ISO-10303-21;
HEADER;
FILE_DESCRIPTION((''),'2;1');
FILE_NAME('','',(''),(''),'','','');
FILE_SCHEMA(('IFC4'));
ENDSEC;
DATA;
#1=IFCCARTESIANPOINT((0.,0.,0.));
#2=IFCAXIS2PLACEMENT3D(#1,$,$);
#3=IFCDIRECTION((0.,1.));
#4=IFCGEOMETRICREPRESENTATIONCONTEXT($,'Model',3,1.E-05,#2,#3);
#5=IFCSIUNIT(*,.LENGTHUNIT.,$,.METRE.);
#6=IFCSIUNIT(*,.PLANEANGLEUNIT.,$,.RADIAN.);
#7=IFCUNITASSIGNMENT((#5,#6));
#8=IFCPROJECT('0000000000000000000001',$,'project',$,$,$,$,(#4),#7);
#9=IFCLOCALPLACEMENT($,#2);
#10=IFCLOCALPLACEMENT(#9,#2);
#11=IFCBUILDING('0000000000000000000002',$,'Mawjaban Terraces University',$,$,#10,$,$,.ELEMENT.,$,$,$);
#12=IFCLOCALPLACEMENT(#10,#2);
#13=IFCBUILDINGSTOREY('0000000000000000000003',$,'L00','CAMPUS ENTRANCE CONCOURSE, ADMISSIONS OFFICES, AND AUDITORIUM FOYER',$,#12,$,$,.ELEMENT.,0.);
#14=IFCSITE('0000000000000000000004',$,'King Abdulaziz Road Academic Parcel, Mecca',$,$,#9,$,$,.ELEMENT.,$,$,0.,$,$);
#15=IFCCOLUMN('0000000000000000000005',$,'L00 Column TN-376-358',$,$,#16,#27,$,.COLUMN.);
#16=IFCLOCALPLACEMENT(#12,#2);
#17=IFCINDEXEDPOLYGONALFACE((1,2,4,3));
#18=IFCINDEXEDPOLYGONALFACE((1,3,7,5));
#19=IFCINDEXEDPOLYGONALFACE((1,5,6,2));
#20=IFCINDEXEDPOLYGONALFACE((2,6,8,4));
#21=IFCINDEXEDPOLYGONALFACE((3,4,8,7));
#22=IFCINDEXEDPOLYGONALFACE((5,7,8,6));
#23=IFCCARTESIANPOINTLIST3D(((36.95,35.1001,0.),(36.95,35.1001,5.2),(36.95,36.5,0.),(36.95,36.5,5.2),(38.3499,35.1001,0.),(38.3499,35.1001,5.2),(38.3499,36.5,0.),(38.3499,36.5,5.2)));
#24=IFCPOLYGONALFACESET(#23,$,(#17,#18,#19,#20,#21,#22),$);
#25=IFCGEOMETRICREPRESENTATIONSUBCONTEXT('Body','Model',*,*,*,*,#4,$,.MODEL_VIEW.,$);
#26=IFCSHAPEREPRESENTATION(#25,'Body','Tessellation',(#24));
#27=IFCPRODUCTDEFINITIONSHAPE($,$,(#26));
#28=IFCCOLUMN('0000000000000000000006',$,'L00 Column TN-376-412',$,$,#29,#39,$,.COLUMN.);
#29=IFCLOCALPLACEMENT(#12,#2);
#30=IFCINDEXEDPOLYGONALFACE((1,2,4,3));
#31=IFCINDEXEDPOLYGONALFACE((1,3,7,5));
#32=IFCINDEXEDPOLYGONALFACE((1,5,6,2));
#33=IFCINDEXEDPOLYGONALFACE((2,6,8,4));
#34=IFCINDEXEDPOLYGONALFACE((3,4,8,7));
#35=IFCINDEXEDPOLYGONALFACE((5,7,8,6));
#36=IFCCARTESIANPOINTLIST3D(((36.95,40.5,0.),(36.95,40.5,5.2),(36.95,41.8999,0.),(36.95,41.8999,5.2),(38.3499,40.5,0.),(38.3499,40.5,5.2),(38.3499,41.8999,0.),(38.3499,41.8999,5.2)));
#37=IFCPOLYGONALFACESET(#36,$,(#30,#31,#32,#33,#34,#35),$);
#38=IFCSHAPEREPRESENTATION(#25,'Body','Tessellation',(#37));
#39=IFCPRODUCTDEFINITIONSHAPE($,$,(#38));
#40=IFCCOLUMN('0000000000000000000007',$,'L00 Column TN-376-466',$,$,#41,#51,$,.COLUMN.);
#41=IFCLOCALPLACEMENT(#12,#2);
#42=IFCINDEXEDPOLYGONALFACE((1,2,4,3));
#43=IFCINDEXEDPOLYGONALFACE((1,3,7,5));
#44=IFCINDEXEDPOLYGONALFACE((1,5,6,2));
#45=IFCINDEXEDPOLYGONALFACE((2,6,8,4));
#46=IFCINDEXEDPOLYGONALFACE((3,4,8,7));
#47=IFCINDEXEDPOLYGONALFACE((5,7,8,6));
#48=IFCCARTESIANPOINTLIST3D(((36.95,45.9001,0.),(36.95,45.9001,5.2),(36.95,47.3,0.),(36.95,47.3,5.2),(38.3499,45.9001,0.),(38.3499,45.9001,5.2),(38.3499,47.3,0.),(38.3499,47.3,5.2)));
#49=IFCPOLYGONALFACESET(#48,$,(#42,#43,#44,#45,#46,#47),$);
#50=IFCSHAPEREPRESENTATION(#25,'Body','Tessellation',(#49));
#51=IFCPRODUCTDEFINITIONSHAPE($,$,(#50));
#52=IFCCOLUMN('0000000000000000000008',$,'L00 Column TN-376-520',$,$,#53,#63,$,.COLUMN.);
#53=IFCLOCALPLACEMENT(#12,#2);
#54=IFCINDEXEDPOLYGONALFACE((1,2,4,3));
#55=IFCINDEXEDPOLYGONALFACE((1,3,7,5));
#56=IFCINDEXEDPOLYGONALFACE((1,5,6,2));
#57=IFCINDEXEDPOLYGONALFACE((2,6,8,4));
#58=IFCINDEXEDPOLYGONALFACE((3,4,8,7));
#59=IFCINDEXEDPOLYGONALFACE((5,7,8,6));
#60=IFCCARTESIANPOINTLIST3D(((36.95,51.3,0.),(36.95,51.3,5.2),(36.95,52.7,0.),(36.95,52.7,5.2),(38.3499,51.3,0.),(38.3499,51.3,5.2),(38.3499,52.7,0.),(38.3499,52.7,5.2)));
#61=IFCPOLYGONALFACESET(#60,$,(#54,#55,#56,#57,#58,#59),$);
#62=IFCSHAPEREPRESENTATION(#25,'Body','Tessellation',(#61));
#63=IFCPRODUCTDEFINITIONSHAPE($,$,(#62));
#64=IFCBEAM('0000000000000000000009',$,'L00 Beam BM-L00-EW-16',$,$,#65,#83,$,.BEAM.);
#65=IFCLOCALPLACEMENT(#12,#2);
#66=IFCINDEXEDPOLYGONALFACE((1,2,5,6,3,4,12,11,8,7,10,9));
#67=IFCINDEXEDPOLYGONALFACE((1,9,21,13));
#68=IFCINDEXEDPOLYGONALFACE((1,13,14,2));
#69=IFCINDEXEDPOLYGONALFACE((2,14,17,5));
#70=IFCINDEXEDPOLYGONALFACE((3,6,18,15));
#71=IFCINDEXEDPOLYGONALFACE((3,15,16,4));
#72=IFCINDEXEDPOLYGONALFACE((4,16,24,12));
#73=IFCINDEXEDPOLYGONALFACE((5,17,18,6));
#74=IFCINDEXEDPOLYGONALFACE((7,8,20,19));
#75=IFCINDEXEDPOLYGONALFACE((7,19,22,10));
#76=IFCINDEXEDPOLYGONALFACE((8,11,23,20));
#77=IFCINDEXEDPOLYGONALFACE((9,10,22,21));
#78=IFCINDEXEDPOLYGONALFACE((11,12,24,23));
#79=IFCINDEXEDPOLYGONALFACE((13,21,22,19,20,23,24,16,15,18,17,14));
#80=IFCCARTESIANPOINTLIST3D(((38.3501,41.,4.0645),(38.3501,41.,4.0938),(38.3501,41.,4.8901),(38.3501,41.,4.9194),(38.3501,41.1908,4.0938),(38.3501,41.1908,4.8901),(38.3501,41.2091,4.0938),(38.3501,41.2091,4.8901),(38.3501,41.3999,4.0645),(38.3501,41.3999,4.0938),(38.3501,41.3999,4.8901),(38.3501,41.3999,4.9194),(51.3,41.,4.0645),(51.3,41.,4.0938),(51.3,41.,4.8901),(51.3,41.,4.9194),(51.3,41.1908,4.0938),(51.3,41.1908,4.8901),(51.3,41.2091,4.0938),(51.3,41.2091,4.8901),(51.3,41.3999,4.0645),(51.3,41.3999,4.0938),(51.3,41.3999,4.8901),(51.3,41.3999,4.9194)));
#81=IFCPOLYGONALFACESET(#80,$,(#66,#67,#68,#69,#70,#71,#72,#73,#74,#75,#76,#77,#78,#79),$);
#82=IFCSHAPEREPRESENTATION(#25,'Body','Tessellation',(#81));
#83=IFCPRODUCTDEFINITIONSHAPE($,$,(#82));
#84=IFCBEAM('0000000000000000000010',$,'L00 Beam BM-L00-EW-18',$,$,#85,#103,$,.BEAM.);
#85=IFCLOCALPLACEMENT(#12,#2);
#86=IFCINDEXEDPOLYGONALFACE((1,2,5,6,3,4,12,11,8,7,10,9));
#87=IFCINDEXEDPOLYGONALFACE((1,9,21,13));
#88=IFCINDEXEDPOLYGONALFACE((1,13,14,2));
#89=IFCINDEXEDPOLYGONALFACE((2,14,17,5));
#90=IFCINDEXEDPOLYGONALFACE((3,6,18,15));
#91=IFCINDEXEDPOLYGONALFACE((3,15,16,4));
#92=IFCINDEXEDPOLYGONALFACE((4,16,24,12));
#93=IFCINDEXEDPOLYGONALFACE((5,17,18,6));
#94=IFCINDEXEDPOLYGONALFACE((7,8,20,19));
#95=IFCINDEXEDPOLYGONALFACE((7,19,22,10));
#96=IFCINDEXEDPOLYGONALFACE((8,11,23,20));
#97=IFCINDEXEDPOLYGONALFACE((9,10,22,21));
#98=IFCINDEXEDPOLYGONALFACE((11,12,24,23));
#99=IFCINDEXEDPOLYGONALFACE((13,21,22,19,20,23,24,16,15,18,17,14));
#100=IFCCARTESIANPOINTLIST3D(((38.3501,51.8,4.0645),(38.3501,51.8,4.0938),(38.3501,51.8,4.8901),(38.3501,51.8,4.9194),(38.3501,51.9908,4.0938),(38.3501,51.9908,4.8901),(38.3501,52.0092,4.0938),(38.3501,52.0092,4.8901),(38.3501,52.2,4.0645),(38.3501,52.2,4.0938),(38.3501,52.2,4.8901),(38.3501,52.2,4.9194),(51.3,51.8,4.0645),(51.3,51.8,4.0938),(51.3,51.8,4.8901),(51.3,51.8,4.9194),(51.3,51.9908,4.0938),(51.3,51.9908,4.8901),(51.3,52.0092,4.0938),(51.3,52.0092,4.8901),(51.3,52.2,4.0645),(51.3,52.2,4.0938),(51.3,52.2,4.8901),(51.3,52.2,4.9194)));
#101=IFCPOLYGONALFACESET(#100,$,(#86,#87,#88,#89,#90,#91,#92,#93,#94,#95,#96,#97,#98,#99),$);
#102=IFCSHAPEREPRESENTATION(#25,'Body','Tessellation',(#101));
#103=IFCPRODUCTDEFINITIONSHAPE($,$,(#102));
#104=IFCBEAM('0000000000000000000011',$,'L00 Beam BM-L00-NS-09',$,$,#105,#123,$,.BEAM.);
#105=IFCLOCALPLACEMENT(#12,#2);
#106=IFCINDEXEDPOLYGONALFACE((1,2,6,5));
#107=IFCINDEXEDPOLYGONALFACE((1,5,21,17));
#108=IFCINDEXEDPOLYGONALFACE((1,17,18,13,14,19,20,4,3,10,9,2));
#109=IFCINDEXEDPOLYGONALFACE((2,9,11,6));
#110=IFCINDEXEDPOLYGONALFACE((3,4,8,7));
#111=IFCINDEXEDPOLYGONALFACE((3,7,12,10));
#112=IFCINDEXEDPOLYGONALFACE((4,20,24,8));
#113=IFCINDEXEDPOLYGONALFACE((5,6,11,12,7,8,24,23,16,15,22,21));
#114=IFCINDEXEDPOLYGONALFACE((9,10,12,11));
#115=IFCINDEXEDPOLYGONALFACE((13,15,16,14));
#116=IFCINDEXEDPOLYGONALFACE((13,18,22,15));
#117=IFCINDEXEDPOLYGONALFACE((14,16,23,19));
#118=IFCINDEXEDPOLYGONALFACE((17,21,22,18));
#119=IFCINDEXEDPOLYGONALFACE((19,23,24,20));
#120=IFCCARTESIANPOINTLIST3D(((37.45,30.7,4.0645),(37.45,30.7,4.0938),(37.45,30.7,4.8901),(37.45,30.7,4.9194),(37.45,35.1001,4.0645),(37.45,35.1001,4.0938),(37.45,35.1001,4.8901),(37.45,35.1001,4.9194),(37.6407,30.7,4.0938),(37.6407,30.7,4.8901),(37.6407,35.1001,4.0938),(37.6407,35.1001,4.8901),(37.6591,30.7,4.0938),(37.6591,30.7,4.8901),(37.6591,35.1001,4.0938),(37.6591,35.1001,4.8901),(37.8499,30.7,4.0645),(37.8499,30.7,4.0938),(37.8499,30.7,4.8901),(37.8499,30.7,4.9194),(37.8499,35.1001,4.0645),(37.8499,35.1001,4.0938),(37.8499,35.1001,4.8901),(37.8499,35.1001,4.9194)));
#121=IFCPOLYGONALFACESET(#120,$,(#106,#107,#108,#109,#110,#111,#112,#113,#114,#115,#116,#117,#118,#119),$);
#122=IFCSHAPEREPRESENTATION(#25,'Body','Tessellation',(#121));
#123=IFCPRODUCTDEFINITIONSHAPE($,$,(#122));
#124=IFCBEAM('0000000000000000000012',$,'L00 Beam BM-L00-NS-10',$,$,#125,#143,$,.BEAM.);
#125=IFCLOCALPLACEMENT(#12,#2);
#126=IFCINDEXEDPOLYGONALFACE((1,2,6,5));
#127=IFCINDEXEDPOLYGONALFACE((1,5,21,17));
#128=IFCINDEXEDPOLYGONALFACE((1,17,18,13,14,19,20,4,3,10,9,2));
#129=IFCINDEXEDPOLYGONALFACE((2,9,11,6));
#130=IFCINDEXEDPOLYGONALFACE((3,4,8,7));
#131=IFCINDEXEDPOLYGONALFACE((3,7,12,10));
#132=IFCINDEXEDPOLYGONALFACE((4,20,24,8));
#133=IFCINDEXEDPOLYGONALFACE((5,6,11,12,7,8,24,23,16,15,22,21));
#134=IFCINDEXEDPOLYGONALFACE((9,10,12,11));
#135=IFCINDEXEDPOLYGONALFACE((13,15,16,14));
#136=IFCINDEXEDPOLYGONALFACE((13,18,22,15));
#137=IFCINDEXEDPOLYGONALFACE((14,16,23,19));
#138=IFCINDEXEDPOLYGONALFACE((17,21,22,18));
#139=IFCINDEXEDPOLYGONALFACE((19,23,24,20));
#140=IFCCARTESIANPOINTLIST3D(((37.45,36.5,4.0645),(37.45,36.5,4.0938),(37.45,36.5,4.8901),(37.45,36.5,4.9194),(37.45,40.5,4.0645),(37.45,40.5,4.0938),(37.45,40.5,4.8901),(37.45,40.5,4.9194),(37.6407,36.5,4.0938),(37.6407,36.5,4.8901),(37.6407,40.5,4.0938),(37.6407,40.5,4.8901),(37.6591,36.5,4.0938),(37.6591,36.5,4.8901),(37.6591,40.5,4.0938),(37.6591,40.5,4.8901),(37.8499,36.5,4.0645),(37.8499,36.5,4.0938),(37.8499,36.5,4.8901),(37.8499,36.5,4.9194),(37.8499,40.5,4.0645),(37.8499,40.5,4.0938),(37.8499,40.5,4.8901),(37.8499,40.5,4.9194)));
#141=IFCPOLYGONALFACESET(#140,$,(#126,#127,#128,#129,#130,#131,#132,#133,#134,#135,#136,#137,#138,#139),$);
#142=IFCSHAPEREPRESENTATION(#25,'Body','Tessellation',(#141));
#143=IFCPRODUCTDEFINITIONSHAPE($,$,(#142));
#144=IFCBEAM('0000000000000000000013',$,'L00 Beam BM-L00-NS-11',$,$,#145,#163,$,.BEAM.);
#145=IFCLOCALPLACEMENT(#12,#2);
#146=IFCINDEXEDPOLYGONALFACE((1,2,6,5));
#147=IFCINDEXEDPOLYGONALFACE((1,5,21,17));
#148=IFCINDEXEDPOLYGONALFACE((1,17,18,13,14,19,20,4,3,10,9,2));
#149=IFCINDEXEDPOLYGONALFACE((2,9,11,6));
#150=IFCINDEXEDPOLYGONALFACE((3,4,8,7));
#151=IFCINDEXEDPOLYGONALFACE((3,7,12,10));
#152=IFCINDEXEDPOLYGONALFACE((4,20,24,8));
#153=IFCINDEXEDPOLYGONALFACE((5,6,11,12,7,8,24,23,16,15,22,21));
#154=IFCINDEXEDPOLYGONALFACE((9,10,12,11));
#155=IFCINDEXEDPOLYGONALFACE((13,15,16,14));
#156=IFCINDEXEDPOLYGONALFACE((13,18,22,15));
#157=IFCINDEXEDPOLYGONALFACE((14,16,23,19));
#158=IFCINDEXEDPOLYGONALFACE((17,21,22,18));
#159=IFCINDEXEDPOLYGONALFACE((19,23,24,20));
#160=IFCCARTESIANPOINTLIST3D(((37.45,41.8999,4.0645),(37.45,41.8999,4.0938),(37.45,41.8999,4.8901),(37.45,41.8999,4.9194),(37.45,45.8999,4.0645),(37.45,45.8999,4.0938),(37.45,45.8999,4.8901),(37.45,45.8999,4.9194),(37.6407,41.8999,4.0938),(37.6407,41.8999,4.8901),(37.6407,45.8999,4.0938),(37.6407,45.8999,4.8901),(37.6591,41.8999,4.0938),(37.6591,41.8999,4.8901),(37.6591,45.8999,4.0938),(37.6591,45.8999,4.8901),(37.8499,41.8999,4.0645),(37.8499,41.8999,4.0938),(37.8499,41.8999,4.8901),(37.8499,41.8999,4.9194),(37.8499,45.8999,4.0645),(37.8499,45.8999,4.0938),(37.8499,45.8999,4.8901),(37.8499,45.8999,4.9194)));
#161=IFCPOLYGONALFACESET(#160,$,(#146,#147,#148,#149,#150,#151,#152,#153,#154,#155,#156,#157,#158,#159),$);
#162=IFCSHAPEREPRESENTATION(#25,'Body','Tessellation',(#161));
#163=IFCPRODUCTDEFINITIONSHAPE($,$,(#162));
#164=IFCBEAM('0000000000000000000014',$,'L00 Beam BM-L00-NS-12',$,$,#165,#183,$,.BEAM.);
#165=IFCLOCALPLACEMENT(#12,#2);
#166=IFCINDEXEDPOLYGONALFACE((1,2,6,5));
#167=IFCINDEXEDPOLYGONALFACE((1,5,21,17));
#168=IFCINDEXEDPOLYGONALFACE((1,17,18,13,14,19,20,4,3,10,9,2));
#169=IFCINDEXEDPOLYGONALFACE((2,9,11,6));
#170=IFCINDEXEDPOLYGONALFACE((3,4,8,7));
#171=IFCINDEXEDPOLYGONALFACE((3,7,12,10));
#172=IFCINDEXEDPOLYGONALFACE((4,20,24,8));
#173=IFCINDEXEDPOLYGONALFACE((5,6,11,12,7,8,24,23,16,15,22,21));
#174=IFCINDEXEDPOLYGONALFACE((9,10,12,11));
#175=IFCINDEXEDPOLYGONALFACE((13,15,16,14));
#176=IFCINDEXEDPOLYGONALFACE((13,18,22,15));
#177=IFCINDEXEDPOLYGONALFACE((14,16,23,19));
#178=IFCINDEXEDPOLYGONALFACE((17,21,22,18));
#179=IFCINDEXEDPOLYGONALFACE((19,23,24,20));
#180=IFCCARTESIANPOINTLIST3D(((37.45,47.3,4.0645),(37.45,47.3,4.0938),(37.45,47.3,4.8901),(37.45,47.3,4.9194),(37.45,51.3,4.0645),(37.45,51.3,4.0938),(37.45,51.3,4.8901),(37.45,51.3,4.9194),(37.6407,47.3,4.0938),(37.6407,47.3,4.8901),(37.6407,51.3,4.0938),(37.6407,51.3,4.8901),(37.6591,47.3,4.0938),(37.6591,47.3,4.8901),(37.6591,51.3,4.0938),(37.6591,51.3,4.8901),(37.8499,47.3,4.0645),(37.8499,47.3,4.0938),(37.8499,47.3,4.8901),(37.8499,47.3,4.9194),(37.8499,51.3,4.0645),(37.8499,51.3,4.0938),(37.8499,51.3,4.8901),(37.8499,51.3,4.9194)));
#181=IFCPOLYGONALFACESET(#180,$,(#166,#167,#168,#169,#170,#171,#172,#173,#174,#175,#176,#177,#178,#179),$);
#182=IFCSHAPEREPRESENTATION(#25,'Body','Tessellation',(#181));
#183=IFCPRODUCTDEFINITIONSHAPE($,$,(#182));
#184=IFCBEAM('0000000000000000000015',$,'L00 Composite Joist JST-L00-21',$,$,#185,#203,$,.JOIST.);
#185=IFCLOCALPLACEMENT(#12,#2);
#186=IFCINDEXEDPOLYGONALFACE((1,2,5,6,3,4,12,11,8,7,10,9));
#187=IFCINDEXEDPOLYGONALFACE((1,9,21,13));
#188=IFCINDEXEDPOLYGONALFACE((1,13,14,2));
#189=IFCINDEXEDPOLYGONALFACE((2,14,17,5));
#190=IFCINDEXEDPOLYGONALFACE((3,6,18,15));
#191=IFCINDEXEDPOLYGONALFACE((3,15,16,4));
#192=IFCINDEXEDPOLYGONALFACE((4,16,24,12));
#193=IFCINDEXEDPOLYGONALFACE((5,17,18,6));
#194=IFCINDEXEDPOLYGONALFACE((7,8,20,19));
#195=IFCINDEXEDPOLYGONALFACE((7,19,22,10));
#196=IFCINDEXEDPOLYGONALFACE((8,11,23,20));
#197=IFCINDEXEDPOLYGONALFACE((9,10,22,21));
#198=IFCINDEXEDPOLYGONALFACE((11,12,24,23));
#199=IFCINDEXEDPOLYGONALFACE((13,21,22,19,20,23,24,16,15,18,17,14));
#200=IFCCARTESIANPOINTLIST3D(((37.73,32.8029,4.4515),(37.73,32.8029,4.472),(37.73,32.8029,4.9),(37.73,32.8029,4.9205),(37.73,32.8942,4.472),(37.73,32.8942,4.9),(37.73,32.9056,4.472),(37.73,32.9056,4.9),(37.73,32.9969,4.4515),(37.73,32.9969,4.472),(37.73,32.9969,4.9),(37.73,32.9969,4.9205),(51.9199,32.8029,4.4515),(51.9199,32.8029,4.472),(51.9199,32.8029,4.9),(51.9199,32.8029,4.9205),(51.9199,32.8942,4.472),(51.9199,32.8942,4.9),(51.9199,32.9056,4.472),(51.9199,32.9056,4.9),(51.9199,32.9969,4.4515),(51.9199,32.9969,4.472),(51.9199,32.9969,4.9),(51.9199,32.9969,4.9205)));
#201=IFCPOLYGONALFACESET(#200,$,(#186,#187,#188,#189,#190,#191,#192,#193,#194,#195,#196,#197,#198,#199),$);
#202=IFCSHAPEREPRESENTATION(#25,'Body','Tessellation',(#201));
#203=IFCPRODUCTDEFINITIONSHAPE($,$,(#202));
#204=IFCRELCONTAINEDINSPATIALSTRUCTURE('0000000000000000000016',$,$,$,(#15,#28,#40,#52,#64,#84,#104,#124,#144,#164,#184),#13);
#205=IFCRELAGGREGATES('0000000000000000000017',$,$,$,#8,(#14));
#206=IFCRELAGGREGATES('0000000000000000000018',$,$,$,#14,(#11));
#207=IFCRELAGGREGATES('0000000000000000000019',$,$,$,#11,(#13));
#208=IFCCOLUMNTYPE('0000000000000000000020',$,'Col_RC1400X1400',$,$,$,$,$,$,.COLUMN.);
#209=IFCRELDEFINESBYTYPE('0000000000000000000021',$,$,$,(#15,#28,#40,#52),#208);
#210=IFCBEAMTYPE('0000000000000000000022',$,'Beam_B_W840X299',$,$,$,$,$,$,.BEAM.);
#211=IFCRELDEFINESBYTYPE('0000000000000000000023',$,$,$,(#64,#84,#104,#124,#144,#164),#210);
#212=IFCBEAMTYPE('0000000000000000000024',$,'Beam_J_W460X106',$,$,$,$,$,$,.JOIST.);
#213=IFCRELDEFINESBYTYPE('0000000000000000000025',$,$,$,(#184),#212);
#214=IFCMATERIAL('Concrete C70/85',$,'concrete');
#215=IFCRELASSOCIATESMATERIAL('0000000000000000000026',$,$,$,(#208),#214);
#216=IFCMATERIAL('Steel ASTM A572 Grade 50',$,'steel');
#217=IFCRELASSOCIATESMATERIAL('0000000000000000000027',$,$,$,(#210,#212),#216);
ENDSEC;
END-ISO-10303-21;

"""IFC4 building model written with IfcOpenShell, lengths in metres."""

from ifc_helpers import new_model, si_unit, direction, frame, origin, origin_2d, place, context, subcontext, project, spatial, rectangle, i_section, extrude, material, material_profile, profile_set, type_object, element, save


model = new_model("IFC4")

# Units and contexts
model_context = context("Model", 3, precision=1e-05, world=origin(), true_north=direction((0.0, 1.0)))
body_context = subcontext(model_context, "Body", "Model", "MODEL_VIEW")
ifc_project = project(units=[si_unit("LENGTHUNIT", "METRE"), si_unit("PLANEANGLEUNIT", "RADIAN")], contexts=[model_context])

# Site, building, storey
site_placement = place(None, origin())
site = spatial("IfcSite", under=ifc_project, at=site_placement, Name="King Abdulaziz Road Academic Parcel, Mecca", CompositionType="ELEMENT", RefElevation=0.0)
building_placement = place(site_placement, origin())
building = spatial("IfcBuilding", under=site, at=building_placement, Name="Mawjaban Terraces University", CompositionType="ELEMENT")
storey_placement = place(building_placement, origin())
storey = spatial("IfcBuildingStorey", under=building, at=storey_placement, Name="L00", Description="CAMPUS ENTRANCE CONCOURSE, ADMISSIONS OFFICES, AND AUDITORIUM FOYER", CompositionType="ELEMENT", Elevation=0.0)

# Columns
ifc_material_1 = material(Name="Concrete C70/85", Category="concrete")
ifc_material_profile_1 = material_profile(ifc_material_1, rectangle(XDim=1.3999, YDim=1.3999, at=origin_2d()), Name="RC1400X1400")
ifc_profile_set_1 = profile_set([ifc_material_profile_1], Name="Concrete C70/85")
column_type = type_object("IfcColumnType", Name="Col_RC1400X1400", PredefinedType="COLUMN", material=ifc_profile_set_1)
for number, where, z_axis, x_axis, name in (
    (1, (37.6499, 35.8, 0.0), (0.0, 0.0, 1.0), (1.0, 0.0, 0.0), "L00 Column TN-376-358"),
    (2, (37.6499, 41.2, 0.0), (0.0, 0.0, 1.0), (1.0, 0.0, 0.0), "L00 Column TN-376-412"),
    (3, (37.6499, 46.6001, 0.0), (0.0, 0.0, 1.0), (1.0, 0.0, 0.0), "L00 Column TN-376-466"),
    (4, (37.6499, 52.0, 0.0), (0.0, 0.0, 1.0), (1.0, 0.0, 0.0), "L00 Column TN-376-520"),
):
    element("IfcColumn", number, at=place(storey_placement, frame(where, z_axis=z_axis, x_axis=x_axis)), inside=storey, type_object=column_type, Name=name, PredefinedType="COLUMN", context=body_context, shape_type="SweptSolid", body=[
        extrude(rectangle(XDim=1.3999, YDim=1.3999, at=origin_2d()), origin(), (0.0, 0.0, 1.0), 5.2),
    ])

# Beams
ifc_material_2 = material(Name="Steel ASTM A572 Grade 50", Category="steel")
ifc_material_profile_2 = material_profile(ifc_material_2, i_section(OverallWidth=0.3999, OverallDepth=0.855, WebThickness=0.0183, FlangeThickness=0.0293, at=origin_2d()), Name="W840X299")
ifc_profile_set_2 = profile_set([ifc_material_profile_2], Name="Steel ASTM A572 Grade 50")
beam_type_1 = type_object("IfcBeamType", Name="Beam_B_W840X299", PredefinedType="BEAM", material=ifc_profile_set_2)
for number, where, z_axis, x_axis, name in (
    (5, (38.3501, 41.2, 4.4919), (1.0, 0.0, 0.0), (0.0, 1.0, 0.0), "L00 Beam BM-L00-EW-16"),
    (6, (38.3501, 52.0, 4.4919), (1.0, 0.0, 0.0), (0.0, 1.0, 0.0), "L00 Beam BM-L00-EW-18"),
):
    element("IfcBeam", number, at=place(storey_placement, frame(where, z_axis=z_axis, x_axis=x_axis)), inside=storey, type_object=beam_type_1, Name=name, PredefinedType="BEAM", context=body_context, shape_type="SweptSolid", body=[
        extrude(i_section(OverallWidth=0.3999, OverallDepth=0.855, WebThickness=0.0183, FlangeThickness=0.0293, at=origin_2d()), origin(), (0.0, 0.0, 1.0), 12.95),
    ])
beam_placement = place(storey_placement, frame((37.6499, 30.7, 4.4919), z_axis=(0.0, 1.0, 0.0), x_axis=(-1.0, 0.0, 0.0)))
element("IfcBeam", 7, at=beam_placement, inside=storey, type_object=beam_type_1, Name="L00 Beam BM-L00-NS-09", PredefinedType="BEAM", context=body_context, shape_type="SweptSolid", body=[
    extrude(i_section(OverallWidth=0.3999, OverallDepth=0.855, WebThickness=0.0183, FlangeThickness=0.0293, at=origin_2d()), origin(), (0.0, 0.0, 1.0), 4.4001),
])
for number, where, z_axis, x_axis, name in (
    (8, (37.6499, 36.5, 4.4919), (0.0, 1.0, 0.0), (-1.0, 0.0, 0.0), "L00 Beam BM-L00-NS-10"),
    (9, (37.6499, 41.8999, 4.4919), (0.0, 1.0, 0.0), (-1.0, 0.0, 0.0), "L00 Beam BM-L00-NS-11"),
    (10, (37.6499, 47.3, 4.4919), (0.0, 1.0, 0.0), (-1.0, 0.0, 0.0), "L00 Beam BM-L00-NS-12"),
):
    element("IfcBeam", number, at=place(storey_placement, frame(where, z_axis=z_axis, x_axis=x_axis)), inside=storey, type_object=beam_type_1, Name=name, PredefinedType="BEAM", context=body_context, shape_type="SweptSolid", body=[
        extrude(i_section(OverallWidth=0.3999, OverallDepth=0.855, WebThickness=0.0183, FlangeThickness=0.0293, at=origin_2d()), origin(), (0.0, 0.0, 1.0), 4.0),
    ])
ifc_material_profile_3 = material_profile(ifc_material_2, i_section(OverallWidth=0.1941, OverallDepth=0.469, WebThickness=0.0115, FlangeThickness=0.0205, at=origin_2d()), Name="W460X106")
ifc_profile_set_3 = profile_set([ifc_material_profile_3], Name="Steel ASTM A572 Grade 50")
beam_type_2 = type_object("IfcBeamType", Name="Beam_J_W460X106", PredefinedType="JOIST", material=ifc_profile_set_3)
for number, where, z_axis, x_axis, name in (
    (11, (37.73, 32.8999, 4.686), (1.0, 0.0, 0.0), (0.0, 1.0, 0.0), "L00 Composite Joist JST-L00-21"),
):
    element("IfcBeam", number, at=place(storey_placement, frame(where, z_axis=z_axis, x_axis=x_axis)), inside=storey, type_object=beam_type_2, Name=name, PredefinedType="JOIST", context=body_context, shape_type="SweptSolid", body=[
        extrude(i_section(OverallWidth=0.1941, OverallDepth=0.469, WebThickness=0.0115, FlangeThickness=0.0205, at=origin_2d()), origin(), (0.0, 0.0, 1.0), 14.1899),
    ])

save(model, "model.ifc")
